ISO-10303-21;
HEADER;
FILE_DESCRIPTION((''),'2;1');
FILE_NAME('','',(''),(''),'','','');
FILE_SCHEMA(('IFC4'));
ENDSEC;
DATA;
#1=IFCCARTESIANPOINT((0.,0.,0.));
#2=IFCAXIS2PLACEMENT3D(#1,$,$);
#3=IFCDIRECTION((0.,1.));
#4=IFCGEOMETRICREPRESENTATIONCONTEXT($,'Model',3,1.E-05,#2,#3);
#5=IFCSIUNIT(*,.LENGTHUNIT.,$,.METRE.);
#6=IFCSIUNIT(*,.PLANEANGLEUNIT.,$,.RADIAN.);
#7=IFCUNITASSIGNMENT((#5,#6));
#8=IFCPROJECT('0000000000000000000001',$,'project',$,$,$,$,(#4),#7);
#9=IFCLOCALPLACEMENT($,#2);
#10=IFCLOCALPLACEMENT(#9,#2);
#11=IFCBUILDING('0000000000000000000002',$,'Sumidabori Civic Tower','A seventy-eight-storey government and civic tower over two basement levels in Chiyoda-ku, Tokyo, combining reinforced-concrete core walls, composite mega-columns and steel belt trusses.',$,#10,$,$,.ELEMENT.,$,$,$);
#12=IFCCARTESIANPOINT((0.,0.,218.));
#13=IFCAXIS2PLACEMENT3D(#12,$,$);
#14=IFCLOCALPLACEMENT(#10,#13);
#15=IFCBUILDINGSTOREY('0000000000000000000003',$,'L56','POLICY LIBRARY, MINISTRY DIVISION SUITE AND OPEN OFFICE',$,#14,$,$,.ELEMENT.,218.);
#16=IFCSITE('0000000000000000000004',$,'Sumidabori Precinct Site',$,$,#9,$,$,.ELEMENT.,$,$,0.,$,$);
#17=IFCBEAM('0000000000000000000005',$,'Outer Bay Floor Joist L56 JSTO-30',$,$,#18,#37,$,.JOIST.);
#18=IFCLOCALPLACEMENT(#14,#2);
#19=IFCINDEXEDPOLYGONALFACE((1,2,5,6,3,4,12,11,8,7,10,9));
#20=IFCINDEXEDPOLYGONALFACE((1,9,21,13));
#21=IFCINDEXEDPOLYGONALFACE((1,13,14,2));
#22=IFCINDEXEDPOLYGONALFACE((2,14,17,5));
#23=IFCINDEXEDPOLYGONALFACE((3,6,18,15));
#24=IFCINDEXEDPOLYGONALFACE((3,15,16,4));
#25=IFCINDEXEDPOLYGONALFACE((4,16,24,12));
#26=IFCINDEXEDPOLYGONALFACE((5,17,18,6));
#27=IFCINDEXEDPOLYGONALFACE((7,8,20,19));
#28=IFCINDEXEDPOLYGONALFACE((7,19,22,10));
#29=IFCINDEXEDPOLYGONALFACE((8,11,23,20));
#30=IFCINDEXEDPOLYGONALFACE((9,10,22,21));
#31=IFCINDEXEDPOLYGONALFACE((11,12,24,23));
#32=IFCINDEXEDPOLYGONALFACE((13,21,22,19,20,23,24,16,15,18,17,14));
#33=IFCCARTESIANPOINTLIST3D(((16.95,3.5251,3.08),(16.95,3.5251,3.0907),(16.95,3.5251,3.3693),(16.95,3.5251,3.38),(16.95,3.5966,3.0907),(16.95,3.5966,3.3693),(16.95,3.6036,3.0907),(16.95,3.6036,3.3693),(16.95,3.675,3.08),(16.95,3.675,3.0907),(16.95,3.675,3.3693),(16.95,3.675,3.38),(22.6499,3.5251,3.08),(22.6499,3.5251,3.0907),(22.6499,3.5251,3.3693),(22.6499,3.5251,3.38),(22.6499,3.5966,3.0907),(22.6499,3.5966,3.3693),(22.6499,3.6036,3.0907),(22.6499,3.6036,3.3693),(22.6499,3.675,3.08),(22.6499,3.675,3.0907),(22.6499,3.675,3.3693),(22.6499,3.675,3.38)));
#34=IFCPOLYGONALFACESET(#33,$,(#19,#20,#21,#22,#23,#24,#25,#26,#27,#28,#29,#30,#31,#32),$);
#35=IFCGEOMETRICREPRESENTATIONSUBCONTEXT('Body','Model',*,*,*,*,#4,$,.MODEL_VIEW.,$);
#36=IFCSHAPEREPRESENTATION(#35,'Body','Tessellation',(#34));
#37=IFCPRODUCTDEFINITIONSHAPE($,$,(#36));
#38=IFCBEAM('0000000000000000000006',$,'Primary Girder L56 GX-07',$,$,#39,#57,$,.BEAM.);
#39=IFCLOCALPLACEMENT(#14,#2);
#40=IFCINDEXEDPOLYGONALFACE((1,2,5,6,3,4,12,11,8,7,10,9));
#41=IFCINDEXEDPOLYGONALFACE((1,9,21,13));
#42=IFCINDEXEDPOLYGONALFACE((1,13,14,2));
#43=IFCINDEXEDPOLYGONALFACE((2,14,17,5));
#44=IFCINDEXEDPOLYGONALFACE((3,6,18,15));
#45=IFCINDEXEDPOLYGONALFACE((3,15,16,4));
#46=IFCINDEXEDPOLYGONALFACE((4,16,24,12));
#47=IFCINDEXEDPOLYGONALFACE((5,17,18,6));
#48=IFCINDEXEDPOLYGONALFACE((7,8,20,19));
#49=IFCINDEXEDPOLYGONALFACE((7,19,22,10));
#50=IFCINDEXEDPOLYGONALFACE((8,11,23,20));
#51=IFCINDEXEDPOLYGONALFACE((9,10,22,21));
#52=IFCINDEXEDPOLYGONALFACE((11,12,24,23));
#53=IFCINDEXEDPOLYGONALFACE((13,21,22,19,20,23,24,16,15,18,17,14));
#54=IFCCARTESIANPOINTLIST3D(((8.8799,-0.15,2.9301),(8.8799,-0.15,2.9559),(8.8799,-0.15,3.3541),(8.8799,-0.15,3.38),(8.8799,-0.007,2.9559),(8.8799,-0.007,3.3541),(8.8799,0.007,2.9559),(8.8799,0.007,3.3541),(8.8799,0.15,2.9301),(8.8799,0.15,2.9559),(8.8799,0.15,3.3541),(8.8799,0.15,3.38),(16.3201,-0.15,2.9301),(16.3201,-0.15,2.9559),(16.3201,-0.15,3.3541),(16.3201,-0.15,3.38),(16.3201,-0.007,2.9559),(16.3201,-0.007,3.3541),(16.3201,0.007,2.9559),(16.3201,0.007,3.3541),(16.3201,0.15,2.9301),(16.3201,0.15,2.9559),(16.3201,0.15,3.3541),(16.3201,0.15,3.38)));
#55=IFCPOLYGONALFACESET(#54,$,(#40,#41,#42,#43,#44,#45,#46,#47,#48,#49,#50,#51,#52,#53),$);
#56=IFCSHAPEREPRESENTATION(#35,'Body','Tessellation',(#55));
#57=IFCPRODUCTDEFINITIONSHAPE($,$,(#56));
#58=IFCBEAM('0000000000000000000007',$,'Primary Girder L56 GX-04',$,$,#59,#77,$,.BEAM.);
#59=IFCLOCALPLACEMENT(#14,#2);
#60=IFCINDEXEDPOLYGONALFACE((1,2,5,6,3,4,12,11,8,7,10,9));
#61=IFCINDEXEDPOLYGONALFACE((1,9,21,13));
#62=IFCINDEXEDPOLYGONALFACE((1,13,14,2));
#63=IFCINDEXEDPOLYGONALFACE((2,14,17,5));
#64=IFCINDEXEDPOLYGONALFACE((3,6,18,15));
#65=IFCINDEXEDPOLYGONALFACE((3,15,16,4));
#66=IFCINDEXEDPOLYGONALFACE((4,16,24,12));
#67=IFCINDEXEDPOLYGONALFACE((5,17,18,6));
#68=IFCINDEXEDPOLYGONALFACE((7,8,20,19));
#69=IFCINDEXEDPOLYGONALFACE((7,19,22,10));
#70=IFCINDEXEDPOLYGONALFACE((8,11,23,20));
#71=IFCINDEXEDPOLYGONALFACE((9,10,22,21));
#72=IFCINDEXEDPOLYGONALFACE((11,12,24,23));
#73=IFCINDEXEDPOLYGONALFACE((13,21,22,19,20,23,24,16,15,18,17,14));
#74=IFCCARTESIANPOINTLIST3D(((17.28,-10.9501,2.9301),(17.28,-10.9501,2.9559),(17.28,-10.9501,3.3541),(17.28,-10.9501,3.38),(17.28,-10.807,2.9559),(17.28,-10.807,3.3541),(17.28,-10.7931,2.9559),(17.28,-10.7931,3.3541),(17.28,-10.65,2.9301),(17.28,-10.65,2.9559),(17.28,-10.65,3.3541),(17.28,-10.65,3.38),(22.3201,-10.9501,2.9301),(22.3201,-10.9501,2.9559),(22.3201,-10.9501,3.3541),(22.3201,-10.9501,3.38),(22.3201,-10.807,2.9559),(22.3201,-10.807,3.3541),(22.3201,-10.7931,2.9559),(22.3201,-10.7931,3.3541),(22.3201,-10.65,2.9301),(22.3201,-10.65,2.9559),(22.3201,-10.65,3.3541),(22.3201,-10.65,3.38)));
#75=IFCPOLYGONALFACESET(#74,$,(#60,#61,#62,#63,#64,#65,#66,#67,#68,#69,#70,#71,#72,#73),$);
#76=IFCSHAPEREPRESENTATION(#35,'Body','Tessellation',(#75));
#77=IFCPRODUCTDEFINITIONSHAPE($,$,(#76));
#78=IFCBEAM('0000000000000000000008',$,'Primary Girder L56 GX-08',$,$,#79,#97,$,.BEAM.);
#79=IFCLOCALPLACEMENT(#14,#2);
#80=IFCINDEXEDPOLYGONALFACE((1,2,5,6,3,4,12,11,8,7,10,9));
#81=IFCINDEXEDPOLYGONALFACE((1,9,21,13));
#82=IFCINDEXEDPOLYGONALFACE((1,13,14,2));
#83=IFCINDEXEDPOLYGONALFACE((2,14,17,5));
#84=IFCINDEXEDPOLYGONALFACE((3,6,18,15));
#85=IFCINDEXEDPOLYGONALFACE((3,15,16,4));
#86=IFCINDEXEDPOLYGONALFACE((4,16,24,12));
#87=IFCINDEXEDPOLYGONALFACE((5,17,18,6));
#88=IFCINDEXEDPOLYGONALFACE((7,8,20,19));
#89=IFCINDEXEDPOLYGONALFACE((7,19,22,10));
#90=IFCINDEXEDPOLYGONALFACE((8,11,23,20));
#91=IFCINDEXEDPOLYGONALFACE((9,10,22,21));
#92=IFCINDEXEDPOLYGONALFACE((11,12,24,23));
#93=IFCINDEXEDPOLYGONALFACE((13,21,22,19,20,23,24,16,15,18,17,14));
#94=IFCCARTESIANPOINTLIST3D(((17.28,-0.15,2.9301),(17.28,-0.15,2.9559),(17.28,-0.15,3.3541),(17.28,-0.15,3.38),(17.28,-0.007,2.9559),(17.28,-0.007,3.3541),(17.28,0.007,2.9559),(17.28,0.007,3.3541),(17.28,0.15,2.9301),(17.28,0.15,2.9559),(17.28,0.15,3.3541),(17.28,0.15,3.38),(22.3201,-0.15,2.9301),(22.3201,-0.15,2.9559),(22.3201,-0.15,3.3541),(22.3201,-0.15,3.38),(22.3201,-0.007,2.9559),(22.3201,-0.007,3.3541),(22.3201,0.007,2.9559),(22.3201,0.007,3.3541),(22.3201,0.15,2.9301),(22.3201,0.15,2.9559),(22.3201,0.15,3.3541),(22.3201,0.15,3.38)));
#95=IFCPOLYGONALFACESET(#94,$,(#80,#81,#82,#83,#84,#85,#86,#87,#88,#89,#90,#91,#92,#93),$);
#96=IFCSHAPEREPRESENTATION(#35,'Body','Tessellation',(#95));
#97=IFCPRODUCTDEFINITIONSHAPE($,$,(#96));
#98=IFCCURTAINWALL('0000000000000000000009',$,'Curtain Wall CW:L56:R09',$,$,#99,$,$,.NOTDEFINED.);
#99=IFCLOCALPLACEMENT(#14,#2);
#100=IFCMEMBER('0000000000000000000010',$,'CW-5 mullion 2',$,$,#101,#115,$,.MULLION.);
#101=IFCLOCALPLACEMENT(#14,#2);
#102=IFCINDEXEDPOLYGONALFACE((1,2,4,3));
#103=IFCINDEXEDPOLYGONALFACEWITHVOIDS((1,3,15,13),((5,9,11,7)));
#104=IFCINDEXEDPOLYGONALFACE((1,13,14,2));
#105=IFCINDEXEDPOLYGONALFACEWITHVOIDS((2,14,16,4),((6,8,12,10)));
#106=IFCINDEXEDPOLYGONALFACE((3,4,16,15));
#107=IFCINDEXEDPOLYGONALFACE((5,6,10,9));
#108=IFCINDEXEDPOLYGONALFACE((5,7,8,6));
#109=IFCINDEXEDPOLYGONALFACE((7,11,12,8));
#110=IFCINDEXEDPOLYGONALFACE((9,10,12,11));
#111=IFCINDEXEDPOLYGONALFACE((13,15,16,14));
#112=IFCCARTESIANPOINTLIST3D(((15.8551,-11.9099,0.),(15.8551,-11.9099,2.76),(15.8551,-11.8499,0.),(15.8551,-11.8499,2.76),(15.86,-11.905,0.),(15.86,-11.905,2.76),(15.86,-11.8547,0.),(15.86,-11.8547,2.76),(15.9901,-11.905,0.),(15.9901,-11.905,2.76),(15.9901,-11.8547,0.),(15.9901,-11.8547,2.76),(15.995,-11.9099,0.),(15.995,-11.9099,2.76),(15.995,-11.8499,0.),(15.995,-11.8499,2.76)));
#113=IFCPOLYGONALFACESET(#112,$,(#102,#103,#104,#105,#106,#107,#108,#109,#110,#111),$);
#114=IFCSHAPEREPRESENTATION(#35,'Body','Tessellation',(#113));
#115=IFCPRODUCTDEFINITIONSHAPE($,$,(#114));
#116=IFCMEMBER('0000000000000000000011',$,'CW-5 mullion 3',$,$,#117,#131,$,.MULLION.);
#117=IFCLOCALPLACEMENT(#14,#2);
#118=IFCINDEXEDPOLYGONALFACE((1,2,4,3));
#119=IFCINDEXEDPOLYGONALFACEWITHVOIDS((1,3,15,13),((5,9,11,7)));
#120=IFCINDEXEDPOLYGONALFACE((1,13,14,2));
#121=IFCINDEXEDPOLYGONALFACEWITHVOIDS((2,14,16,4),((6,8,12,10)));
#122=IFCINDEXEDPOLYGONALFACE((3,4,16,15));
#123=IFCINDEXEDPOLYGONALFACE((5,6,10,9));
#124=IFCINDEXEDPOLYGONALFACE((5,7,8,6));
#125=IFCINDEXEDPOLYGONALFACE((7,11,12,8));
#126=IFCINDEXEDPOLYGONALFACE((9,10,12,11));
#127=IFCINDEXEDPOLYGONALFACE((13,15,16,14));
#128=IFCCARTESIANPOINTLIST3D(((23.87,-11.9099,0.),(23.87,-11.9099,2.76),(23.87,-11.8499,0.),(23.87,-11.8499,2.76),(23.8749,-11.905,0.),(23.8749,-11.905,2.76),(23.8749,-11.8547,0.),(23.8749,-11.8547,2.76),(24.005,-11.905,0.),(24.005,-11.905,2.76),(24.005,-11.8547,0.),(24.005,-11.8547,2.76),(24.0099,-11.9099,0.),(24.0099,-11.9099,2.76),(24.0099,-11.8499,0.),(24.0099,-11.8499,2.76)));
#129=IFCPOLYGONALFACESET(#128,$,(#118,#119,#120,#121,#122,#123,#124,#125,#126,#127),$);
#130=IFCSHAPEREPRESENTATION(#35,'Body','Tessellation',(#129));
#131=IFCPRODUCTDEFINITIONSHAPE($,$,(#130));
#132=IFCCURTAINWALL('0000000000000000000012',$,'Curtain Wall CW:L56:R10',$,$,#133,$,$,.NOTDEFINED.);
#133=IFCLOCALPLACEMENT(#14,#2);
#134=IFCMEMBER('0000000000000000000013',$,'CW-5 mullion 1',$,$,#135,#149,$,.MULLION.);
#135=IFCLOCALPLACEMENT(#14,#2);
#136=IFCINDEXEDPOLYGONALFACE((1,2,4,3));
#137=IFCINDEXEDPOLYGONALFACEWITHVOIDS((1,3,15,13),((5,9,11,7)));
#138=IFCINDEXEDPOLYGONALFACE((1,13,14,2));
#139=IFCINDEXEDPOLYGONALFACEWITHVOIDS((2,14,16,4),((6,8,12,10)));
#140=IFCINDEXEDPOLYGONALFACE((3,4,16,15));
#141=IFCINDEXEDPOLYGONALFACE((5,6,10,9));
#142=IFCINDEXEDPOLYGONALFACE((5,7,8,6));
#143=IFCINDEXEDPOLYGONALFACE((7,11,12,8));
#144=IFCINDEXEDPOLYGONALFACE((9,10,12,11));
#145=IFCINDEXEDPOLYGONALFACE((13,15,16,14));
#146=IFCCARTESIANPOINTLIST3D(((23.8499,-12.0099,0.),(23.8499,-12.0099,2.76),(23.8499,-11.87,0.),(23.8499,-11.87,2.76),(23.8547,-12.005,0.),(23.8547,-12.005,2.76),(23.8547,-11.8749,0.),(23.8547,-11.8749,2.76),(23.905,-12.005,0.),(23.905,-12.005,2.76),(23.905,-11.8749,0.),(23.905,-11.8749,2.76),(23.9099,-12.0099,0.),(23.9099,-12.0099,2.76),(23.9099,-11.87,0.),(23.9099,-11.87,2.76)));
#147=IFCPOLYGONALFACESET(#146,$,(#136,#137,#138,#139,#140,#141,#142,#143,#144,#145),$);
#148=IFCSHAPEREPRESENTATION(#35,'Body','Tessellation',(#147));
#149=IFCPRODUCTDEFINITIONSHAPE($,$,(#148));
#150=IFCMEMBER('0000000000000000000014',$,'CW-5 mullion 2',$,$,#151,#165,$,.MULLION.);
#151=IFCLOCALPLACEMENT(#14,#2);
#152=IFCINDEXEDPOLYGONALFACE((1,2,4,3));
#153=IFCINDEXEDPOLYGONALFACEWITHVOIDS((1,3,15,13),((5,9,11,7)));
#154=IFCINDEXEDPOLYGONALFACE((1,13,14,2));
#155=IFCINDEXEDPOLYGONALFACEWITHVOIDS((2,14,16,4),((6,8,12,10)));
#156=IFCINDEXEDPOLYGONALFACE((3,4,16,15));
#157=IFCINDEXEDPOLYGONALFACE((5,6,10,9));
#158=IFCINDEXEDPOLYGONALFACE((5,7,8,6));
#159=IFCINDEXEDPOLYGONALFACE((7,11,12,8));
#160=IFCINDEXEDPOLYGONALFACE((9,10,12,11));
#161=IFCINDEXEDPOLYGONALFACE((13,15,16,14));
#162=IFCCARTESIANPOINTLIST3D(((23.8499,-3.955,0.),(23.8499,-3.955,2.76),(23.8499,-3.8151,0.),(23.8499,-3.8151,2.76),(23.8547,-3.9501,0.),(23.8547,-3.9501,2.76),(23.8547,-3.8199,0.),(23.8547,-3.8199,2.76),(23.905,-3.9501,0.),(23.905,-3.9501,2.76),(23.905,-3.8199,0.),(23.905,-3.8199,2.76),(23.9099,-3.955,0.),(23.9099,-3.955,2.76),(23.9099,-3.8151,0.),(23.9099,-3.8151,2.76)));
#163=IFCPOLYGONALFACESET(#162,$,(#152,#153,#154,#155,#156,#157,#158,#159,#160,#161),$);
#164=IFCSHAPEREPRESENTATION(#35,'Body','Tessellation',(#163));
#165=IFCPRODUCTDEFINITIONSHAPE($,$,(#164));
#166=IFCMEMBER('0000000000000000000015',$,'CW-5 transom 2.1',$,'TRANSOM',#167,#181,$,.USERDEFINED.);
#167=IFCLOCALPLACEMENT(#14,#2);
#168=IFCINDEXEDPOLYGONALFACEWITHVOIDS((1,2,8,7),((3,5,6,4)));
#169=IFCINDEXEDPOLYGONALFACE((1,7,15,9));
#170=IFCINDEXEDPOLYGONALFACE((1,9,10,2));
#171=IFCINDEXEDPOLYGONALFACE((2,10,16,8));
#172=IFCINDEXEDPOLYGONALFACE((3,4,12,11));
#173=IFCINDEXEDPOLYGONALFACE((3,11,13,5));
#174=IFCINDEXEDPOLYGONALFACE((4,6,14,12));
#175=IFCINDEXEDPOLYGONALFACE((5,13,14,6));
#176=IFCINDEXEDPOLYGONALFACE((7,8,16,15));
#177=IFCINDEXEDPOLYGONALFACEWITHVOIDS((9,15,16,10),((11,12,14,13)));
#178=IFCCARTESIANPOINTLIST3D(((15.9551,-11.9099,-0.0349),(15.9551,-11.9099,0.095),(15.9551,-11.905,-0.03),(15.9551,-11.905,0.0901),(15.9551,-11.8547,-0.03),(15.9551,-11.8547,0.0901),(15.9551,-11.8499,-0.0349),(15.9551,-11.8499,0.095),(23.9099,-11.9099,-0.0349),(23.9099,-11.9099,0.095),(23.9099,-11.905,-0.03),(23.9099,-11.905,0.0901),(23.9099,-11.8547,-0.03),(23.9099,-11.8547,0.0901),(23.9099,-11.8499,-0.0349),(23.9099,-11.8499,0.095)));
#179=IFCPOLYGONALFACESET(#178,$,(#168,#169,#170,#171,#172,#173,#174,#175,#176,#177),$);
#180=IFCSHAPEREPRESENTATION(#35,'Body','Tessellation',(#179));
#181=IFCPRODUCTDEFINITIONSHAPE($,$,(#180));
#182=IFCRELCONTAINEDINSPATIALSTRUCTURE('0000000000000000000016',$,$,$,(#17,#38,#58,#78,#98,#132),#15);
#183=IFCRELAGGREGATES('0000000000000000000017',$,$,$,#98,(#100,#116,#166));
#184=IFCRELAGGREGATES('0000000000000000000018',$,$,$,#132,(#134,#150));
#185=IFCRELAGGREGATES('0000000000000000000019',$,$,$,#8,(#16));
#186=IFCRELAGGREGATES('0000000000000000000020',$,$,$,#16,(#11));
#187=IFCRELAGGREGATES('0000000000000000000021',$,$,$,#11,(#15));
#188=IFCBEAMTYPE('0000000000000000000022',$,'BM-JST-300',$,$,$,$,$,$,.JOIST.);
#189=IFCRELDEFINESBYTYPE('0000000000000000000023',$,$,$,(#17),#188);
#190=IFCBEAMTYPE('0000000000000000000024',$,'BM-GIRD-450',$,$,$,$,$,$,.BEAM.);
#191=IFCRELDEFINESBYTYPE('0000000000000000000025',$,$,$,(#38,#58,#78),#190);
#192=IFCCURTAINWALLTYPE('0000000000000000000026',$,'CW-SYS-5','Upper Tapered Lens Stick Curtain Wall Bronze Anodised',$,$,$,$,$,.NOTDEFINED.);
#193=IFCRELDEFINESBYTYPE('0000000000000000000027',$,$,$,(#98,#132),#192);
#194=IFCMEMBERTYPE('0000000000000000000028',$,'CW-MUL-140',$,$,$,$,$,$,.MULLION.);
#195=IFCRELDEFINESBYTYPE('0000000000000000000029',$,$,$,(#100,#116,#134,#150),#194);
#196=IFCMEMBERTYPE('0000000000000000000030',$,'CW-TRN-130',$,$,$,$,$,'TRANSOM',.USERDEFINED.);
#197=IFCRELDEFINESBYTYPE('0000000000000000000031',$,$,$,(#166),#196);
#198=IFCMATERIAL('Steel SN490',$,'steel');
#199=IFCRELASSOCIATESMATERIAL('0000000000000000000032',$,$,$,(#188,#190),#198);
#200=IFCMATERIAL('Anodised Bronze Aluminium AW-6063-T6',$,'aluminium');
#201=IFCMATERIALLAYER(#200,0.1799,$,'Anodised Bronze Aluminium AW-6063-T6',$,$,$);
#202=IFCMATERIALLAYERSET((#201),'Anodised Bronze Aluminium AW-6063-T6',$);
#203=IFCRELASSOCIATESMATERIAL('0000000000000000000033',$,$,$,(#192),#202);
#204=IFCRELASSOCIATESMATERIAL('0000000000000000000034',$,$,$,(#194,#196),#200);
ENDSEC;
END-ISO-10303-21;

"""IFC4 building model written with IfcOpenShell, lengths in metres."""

from ifc_helpers import new_model, si_unit, direction, frame, origin, origin_2d, place, context, subcontext, project, spatial, hollow_rectangle, i_section, extrude, source, transform, mapped, material, layer, layer_set, material_profile, profile_set, type_object, element, aggregate, save


model = new_model("IFC4")

# Units and contexts
model_context = context("Model", 3, precision=1e-05, world=origin(), true_north=direction((0.0, 1.0)))
body_context = subcontext(model_context, "Body", "Model", "MODEL_VIEW")
ifc_project = project(units=[si_unit("LENGTHUNIT", "METRE"), si_unit("PLANEANGLEUNIT", "RADIAN")], contexts=[model_context])

# Site, building, storey
site_placement = place(None, origin())
site = spatial("IfcSite", under=ifc_project, at=site_placement, Name="Sumidabori Precinct Site", CompositionType="ELEMENT", RefElevation=0.0)
building_placement = place(site_placement, origin())
building = spatial("IfcBuilding", under=site, at=building_placement, Name="Sumidabori Civic Tower", Description="A seventy-eight-storey government and civic tower over two basement levels in Chiyoda-ku, Tokyo, combining reinforced-concrete core walls, composite mega-columns and steel belt trusses.", CompositionType="ELEMENT")
storey_placement = place(building_placement, frame((0.0, 0.0, 218.0)))
storey = spatial("IfcBuildingStorey", under=building, at=storey_placement, Name="L56", Description="POLICY LIBRARY, MINISTRY DIVISION SUITE AND OPEN OFFICE", CompositionType="ELEMENT", Elevation=218.0)

# Beams
ifc_material_1 = material(Name="Steel SN490", Category="steel")
ifc_material_profile_1 = material_profile(ifc_material_1, i_section(OverallWidth=0.1499, OverallDepth=0.3, WebThickness=0.0071, FlangeThickness=0.0107, at=origin_2d()), Name="IPE 300")
ifc_profile_set_1 = profile_set([ifc_material_profile_1], Name="Steel SN490")
beam_type_1 = type_object("IfcBeamType", Name="BM-JST-300", PredefinedType="JOIST", material=ifc_profile_set_1)
shared_shape_1 = source(origin(), body_context, "Body", "SweptSolid", [
    extrude(i_section(OverallWidth=0.1499, OverallDepth=0.3, WebThickness=0.0071, FlangeThickness=0.0107, at=origin_2d()), origin(), (0.0, 0.0, 1.0), 5.7),
])
for number, where, z_axis, x_axis, name in (
    (1, (16.95, 3.6001, 3.23), (1.0, 0.0, 0.0), (0.0, 1.0, 0.0), "Outer Bay Floor Joist L56 JSTO-30"),
):
    element("IfcBeam", number, at=place(storey_placement, frame(where, z_axis=z_axis, x_axis=x_axis)), inside=storey, type_object=beam_type_1, Name=name, PredefinedType="JOIST", context=body_context, shape_type="MappedRepresentation", body=[
        mapped(shared_shape_1, transform((0.0, 0.0, 0.0), x_axis=(1.0, 0.0, 0.0), y_axis=(0.0, 1.0, 0.0), z_axis=(0.0, 0.0, 1.0), scale=1.0)),
    ])
ifc_material_profile_2 = material_profile(ifc_material_1, i_section(OverallWidth=0.3, OverallDepth=0.45, WebThickness=0.0139, FlangeThickness=0.0259, at=origin_2d()), Name="HE 450 B")
ifc_profile_set_2 = profile_set([ifc_material_profile_2], Name="Steel SN490")
beam_type_2 = type_object("IfcBeamType", Name="BM-GIRD-450", PredefinedType="BEAM", material=ifc_profile_set_2)
shared_shape_2 = source(origin(), body_context, "Body", "SweptSolid", [
    extrude(i_section(OverallWidth=0.3, OverallDepth=0.45, WebThickness=0.0139, FlangeThickness=0.0259, at=origin_2d()), origin(), (0.0, 0.0, 1.0), 7.4402),
])
beam_placement = place(storey_placement, frame((8.8799, 0.0, 3.155), z_axis=(1.0, 0.0, 0.0), x_axis=(0.0, 1.0, 0.0)))
element("IfcBeam", 2, at=beam_placement, inside=storey, type_object=beam_type_2, Name="Primary Girder L56 GX-07", PredefinedType="BEAM", context=body_context, shape_type="MappedRepresentation", body=[
    mapped(shared_shape_2, transform((0.0, 0.0, 0.0), x_axis=(1.0, 0.0, 0.0), y_axis=(0.0, 1.0, 0.0), z_axis=(0.0, 0.0, 1.0), scale=1.0)),
])
shared_shape_3 = source(origin(), body_context, "Body", "SweptSolid", [
    extrude(i_section(OverallWidth=0.3, OverallDepth=0.45, WebThickness=0.0139, FlangeThickness=0.0259, at=origin_2d()), origin(), (0.0, 0.0, 1.0), 5.04),
])
for number, where, z_axis, x_axis, name in (
    (3, (17.28, -10.8, 3.155), (1.0, 0.0, 0.0), (0.0, 1.0, 0.0), "Primary Girder L56 GX-04"),
    (4, (17.28, 0.0, 3.155), (1.0, 0.0, 0.0), (0.0, 1.0, 0.0), "Primary Girder L56 GX-08"),
):
    element("IfcBeam", number, at=place(storey_placement, frame(where, z_axis=z_axis, x_axis=x_axis)), inside=storey, type_object=beam_type_2, Name=name, PredefinedType="BEAM", context=body_context, shape_type="MappedRepresentation", body=[
        mapped(shared_shape_3, transform((0.0, 0.0, 0.0), x_axis=(1.0, 0.0, 0.0), y_axis=(0.0, 1.0, 0.0), z_axis=(0.0, 0.0, 1.0), scale=1.0)),
    ])

# Curtain walls, members
ifc_material_2 = material(Name="Anodised Bronze Aluminium AW-6063-T6", Category="aluminium")
ifc_layer_1 = layer(ifc_material_2, 0.1799, Name="Anodised Bronze Aluminium AW-6063-T6")
ifc_layer_set_1 = layer_set([ifc_layer_1], Name="Anodised Bronze Aluminium AW-6063-T6")
curtain_wall_type = type_object("IfcCurtainWallType", Name="CW-SYS-5", Description="Upper Tapered Lens Stick Curtain Wall Bronze Anodised", PredefinedType="NOTDEFINED", material=ifc_layer_set_1)
curtain_wall_1_placement = place(storey_placement, origin())
curtain_wall_1 = element("IfcCurtainWall", 5, at=curtain_wall_1_placement, inside=storey, type_object=curtain_wall_type, Name="Curtain Wall CW:L56:R09", PredefinedType="NOTDEFINED")
ifc_material_profile_3 = material_profile(ifc_material_2, hollow_rectangle(XDim=0.0601, YDim=0.1399, WallThickness=0.0049, at=origin_2d()), Name="ALU MULLION 140x60")
ifc_profile_set_3 = profile_set([ifc_material_profile_3], Name="Anodised Bronze Aluminium AW-6063-T6")
member_type_1 = type_object("IfcMemberType", Name="CW-MUL-140", PredefinedType="MULLION", material=ifc_profile_set_3)
shared_shape_4 = source(origin(), body_context, "Body", "SweptSolid", [
    extrude(hollow_rectangle(XDim=0.0601, YDim=0.1399, WallThickness=0.0049, at=origin_2d()), origin(), (0.0, 0.0, 1.0), 2.76),
])
member_1_placement = place(storey_placement, frame((15.925, -11.8799, 0.0), z_axis=(0.0, 0.0, 1.0), x_axis=(0.0, 1.0, 0.0)))
member_1 = element("IfcMember", 6, at=member_1_placement, type_object=member_type_1, Name="CW-5 mullion 2", PredefinedType="MULLION", context=body_context, shape_type="MappedRepresentation", body=[
    mapped(shared_shape_4, transform((0.0, 0.0, 0.0), x_axis=(1.0, 0.0, 0.0), y_axis=(0.0, 1.0, 0.0), z_axis=(0.0, 0.0, 1.0), scale=1.0)),
])
member_2_placement = place(storey_placement, frame((23.9399, -11.8799, 0.0), z_axis=(0.0, 0.0, 1.0), x_axis=(0.0, 1.0, 0.0)))
member_2 = element("IfcMember", 7, at=member_2_placement, type_object=member_type_1, Name="CW-5 mullion 3", PredefinedType="MULLION", context=body_context, shape_type="MappedRepresentation", body=[
    mapped(shared_shape_4, transform((0.0, 0.0, 0.0), x_axis=(1.0, 0.0, 0.0), y_axis=(0.0, 1.0, 0.0), z_axis=(0.0, 0.0, 1.0), scale=1.0)),
])
curtain_wall_2_placement = place(storey_placement, origin())
curtain_wall_2 = element("IfcCurtainWall", 8, at=curtain_wall_2_placement, inside=storey, type_object=curtain_wall_type, Name="Curtain Wall CW:L56:R10", PredefinedType="NOTDEFINED")
member_3_placement = place(storey_placement, frame((23.8799, -11.9399, 0.0), z_axis=(0.0, 0.0, 1.0), x_axis=(-1.0, 0.0, 0.0)))
member_3 = element("IfcMember", 9, at=member_3_placement, type_object=member_type_1, Name="CW-5 mullion 1", PredefinedType="MULLION", context=body_context, shape_type="MappedRepresentation", body=[
    mapped(shared_shape_4, transform((0.0, 0.0, 0.0), x_axis=(1.0, 0.0, 0.0), y_axis=(0.0, 1.0, 0.0), z_axis=(0.0, 0.0, 1.0), scale=1.0)),
])
member_4_placement = place(storey_placement, frame((23.8799, -3.885, 0.0), z_axis=(0.0, 0.0, 1.0), x_axis=(-1.0, 0.0, 0.0)))
member_4 = element("IfcMember", 10, at=member_4_placement, type_object=member_type_1, Name="CW-5 mullion 2", PredefinedType="MULLION", context=body_context, shape_type="MappedRepresentation", body=[
    mapped(shared_shape_4, transform((0.0, 0.0, 0.0), x_axis=(1.0, 0.0, 0.0), y_axis=(0.0, 1.0, 0.0), z_axis=(0.0, 0.0, 1.0), scale=1.0)),
])

# Member
ifc_material_profile_4 = material_profile(ifc_material_2, hollow_rectangle(XDim=0.0601, YDim=0.1299, WallThickness=0.0049, at=origin_2d()), Name="ALU TRANSOM 130x60")
ifc_profile_set_4 = profile_set([ifc_material_profile_4], Name="Anodised Bronze Aluminium AW-6063-T6")
member_type_2 = type_object("IfcMemberType", Name="CW-TRN-130", ElementType="TRANSOM", PredefinedType="USERDEFINED", material=ifc_profile_set_4)
shared_shape_5 = source(origin(), body_context, "Body", "SweptSolid", [
    extrude(hollow_rectangle(XDim=0.0601, YDim=0.1299, WallThickness=0.0049, at=origin_2d()), origin(), (0.0, 0.0, 1.0), 7.9548),
])
member_5_placement = place(storey_placement, frame((15.9551, -11.8799, 0.03), z_axis=(1.0, 0.0, 0.0), x_axis=(0.0, 1.0, 0.0)))
member_5 = element("IfcMember", 11, at=member_5_placement, type_object=member_type_2, Name="CW-5 transom 2.1", ObjectType="TRANSOM", PredefinedType="USERDEFINED", context=body_context, shape_type="MappedRepresentation", body=[
    mapped(shared_shape_5, transform((0.0, 0.0, 0.0), x_axis=(1.0, 0.0, 0.0), y_axis=(0.0, 1.0, 0.0), z_axis=(0.0, 0.0, 1.0), scale=1.0)),
])

aggregate(curtain_wall_1, [member_1, member_2, member_5])
aggregate(curtain_wall_2, [member_3, member_4])

save(model, "model.ifc")
